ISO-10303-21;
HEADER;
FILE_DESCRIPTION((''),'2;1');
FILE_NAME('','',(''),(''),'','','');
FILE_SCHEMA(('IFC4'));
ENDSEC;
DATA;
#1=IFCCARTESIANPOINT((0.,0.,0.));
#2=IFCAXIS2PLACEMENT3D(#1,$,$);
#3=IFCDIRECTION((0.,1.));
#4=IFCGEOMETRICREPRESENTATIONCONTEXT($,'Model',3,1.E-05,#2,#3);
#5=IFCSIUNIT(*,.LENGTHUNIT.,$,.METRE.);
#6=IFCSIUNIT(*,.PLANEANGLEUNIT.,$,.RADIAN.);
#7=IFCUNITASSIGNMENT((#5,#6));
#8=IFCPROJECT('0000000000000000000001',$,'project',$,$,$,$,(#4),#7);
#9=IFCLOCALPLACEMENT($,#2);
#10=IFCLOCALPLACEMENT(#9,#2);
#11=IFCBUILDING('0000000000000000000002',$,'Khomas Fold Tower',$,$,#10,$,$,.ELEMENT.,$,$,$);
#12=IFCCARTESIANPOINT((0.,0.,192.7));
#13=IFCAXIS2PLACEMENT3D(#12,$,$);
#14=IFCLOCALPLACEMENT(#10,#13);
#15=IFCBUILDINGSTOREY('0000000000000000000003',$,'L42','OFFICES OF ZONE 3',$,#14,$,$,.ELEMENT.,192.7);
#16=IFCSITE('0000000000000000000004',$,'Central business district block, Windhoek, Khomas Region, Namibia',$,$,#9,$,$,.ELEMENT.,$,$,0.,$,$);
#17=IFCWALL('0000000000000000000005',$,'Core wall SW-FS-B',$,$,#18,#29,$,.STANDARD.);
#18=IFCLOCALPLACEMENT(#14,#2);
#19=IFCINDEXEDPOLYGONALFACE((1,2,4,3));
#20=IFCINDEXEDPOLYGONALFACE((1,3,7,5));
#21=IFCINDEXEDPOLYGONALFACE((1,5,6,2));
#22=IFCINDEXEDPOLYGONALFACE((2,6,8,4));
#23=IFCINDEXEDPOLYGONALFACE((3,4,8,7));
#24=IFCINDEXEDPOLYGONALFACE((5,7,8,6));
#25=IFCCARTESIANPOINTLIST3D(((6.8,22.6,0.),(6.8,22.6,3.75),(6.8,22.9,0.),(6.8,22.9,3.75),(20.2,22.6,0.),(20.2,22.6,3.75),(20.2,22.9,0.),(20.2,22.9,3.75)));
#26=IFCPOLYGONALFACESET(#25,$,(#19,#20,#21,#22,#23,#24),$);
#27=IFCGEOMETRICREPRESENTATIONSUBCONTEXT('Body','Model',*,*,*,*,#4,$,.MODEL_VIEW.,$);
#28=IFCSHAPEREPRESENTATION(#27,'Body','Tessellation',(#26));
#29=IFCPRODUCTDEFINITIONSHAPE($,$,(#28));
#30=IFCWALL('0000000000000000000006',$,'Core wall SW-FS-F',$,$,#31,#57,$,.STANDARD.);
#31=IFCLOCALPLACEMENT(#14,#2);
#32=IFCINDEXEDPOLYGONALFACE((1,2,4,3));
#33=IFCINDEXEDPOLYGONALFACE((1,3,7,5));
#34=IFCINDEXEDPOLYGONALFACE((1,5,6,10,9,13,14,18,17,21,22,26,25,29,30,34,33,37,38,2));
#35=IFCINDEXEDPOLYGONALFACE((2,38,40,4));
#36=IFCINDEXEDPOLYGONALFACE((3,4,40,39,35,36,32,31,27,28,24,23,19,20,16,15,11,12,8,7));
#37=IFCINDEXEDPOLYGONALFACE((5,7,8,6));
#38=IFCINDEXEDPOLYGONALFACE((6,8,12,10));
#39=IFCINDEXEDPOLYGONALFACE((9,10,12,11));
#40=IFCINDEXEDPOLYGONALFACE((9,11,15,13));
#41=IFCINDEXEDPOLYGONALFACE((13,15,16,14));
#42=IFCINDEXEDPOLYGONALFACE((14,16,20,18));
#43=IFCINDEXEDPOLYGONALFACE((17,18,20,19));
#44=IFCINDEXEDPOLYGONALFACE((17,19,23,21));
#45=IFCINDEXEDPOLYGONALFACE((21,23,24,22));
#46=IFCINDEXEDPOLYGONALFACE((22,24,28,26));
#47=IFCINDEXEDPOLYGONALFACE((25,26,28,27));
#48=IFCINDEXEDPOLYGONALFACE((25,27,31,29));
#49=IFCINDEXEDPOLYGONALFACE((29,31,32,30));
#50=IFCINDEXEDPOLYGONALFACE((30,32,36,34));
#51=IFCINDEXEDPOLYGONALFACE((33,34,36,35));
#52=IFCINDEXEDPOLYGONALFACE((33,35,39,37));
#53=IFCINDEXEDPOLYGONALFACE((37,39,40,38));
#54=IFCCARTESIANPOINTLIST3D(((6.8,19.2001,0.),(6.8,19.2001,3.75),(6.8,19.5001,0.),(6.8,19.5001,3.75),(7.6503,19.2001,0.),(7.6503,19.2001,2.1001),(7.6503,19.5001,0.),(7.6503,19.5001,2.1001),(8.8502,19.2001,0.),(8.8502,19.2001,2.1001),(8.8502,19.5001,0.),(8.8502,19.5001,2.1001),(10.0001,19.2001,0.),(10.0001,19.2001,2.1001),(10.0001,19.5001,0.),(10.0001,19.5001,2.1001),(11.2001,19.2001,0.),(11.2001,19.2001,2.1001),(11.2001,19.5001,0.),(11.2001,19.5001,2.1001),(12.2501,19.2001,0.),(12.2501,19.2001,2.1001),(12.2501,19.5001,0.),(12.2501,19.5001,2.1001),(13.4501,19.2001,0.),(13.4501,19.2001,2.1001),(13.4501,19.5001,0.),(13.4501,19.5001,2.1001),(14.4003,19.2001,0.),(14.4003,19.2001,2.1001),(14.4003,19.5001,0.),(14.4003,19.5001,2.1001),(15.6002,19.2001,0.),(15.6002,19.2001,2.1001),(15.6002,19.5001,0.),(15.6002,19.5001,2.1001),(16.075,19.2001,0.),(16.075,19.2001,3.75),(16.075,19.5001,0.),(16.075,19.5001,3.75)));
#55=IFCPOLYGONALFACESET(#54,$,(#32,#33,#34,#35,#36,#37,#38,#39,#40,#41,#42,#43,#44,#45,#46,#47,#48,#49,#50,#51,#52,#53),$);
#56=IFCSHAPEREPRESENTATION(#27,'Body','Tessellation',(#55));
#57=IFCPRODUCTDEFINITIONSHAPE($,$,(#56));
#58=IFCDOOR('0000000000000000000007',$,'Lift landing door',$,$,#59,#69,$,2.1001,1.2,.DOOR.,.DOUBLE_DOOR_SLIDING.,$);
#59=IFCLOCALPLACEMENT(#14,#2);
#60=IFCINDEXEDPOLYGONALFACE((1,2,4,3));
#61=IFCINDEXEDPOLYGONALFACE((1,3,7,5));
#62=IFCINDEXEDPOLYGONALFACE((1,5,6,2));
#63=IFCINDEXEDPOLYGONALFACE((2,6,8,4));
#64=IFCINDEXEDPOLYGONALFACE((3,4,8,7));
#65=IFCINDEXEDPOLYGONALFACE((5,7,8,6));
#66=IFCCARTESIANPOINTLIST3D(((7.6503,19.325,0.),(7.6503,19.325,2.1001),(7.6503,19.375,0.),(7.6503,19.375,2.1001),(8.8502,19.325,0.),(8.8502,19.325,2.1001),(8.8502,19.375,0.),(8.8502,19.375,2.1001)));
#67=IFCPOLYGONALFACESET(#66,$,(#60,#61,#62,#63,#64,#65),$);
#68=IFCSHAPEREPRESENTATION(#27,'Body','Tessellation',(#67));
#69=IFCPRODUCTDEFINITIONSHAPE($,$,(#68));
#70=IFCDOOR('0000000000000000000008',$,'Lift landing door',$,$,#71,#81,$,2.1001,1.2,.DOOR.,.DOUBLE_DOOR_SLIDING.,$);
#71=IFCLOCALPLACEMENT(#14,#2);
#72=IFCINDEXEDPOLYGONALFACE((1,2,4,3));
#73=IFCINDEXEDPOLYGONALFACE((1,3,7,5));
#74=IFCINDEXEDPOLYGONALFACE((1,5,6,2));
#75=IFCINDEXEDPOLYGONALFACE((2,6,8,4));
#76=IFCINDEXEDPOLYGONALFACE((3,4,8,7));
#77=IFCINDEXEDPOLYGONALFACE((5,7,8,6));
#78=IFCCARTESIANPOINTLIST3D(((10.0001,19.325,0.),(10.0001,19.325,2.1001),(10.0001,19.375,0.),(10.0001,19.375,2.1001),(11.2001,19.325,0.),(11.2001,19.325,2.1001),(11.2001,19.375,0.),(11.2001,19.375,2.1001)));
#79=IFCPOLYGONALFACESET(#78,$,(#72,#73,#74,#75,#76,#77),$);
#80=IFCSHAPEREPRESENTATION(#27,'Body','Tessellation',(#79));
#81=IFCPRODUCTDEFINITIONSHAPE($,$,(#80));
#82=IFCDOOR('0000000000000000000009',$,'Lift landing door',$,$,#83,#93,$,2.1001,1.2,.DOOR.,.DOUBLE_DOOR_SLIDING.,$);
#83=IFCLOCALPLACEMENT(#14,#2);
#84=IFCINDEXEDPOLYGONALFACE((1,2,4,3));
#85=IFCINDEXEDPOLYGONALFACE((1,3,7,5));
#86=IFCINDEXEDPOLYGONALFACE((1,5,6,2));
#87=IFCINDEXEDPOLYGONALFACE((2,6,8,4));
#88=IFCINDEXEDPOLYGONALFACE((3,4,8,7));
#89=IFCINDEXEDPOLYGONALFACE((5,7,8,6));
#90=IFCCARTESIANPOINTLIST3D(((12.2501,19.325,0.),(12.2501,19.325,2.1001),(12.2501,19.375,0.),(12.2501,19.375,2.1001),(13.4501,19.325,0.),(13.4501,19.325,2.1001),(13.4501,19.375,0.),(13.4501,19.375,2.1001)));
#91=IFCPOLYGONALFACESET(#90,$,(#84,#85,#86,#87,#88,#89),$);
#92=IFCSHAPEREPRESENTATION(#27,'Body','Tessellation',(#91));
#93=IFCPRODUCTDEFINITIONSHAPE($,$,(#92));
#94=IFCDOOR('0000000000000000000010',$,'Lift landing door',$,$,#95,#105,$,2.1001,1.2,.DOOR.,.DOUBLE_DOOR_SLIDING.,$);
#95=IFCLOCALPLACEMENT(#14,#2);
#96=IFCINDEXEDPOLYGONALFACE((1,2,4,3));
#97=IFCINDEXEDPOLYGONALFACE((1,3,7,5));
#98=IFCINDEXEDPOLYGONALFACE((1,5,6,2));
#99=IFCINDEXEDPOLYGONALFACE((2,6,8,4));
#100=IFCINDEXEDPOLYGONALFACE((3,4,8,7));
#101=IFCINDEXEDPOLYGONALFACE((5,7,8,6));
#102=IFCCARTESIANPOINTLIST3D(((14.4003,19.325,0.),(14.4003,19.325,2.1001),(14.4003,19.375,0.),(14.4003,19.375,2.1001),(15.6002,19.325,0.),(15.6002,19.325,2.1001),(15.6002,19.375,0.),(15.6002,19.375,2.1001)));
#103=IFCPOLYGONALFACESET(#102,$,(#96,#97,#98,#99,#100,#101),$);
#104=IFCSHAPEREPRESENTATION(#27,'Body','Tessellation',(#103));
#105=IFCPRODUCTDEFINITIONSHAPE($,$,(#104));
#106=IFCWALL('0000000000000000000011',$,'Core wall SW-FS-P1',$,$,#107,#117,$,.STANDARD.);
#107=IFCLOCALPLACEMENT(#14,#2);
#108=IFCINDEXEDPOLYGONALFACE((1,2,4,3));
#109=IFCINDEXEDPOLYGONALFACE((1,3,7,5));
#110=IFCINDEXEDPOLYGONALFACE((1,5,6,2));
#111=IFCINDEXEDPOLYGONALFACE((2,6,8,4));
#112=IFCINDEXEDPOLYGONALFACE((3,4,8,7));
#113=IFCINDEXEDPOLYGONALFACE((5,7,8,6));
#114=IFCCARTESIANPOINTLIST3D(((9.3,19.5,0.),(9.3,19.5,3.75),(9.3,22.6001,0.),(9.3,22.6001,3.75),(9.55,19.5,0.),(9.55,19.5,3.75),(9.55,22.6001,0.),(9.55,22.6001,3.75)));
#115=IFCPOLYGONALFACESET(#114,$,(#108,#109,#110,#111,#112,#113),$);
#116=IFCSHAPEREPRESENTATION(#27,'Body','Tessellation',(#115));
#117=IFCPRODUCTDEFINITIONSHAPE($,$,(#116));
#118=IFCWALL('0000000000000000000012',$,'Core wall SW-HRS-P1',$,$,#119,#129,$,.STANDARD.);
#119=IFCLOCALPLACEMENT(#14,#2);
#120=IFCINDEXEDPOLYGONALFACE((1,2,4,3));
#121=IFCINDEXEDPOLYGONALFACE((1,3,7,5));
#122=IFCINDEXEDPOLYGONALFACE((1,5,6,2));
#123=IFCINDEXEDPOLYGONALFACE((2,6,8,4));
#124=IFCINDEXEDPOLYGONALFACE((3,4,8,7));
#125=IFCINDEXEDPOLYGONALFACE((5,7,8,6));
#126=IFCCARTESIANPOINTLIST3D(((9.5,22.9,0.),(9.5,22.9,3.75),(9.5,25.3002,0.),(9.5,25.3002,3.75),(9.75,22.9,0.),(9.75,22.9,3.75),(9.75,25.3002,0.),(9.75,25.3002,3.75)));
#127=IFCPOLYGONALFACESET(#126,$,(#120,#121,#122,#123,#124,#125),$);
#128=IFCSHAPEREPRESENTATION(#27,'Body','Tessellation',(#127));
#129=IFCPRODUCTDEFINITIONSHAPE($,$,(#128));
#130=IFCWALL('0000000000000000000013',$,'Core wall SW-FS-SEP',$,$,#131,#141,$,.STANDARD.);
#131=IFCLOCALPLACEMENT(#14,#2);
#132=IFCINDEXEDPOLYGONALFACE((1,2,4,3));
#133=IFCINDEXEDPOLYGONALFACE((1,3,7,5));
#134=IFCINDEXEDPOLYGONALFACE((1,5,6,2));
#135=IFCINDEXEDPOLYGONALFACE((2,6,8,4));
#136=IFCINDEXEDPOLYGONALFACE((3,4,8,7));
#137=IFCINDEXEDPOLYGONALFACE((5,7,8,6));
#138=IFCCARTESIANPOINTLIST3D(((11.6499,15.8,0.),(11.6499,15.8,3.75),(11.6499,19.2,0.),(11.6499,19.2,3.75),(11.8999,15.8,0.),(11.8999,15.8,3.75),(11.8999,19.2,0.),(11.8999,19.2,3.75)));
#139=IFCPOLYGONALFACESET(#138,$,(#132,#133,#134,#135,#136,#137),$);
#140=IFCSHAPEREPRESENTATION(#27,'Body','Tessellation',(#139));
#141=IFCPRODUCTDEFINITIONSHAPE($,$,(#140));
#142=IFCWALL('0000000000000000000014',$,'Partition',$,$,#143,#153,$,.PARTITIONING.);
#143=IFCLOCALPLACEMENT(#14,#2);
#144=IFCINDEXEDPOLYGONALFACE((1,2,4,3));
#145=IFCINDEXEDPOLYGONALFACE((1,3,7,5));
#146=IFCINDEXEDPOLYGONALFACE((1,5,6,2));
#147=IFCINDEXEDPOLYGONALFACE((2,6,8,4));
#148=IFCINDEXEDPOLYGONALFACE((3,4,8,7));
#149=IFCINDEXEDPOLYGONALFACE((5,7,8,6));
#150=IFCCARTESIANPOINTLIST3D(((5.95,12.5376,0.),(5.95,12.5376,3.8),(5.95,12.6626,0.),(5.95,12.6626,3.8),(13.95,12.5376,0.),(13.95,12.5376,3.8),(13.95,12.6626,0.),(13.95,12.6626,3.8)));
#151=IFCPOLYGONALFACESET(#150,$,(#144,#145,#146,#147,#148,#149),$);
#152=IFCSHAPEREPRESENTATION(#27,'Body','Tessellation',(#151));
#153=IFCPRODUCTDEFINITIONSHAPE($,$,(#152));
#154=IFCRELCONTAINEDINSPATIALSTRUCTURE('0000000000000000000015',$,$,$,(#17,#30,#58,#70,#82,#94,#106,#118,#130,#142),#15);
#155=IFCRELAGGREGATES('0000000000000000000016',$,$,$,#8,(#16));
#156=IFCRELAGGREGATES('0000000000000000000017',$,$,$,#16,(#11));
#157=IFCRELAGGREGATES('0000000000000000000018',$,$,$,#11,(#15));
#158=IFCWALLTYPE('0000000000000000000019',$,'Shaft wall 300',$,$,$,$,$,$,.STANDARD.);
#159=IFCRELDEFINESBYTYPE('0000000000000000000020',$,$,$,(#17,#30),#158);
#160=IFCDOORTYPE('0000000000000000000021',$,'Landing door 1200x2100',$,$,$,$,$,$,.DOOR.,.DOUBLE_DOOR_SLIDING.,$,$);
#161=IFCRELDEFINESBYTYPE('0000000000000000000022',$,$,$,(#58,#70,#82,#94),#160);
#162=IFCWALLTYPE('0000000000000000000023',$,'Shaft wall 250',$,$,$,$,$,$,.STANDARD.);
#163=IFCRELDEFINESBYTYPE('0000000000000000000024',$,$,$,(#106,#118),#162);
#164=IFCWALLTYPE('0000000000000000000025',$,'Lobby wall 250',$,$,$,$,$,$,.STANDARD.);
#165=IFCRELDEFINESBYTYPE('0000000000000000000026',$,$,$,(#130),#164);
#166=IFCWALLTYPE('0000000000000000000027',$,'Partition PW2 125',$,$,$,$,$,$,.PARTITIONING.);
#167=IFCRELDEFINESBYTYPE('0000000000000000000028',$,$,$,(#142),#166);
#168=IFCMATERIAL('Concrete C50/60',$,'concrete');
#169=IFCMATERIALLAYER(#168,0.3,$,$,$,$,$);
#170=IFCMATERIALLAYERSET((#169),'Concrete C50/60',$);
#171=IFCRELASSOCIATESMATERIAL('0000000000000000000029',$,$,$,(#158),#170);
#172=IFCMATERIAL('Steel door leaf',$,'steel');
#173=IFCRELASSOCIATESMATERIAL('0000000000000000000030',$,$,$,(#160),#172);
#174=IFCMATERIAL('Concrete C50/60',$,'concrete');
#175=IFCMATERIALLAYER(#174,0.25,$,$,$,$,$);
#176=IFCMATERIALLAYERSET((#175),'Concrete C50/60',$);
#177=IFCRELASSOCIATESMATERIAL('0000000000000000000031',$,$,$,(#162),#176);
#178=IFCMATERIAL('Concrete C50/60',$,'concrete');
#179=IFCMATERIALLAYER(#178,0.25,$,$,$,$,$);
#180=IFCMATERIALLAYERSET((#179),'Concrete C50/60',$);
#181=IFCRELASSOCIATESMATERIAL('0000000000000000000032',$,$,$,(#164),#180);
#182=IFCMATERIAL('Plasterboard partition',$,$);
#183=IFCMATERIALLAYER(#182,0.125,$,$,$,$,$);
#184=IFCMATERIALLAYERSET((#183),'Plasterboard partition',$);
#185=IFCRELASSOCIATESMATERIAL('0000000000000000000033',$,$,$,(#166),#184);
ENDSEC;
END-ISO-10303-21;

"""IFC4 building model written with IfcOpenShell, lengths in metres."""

from ifc_helpers import new_model, si_unit, direction, frame, frame_2d, origin, place, context, subcontext, project, spatial, rectangle, extrude, source, transform, mapped, material, layer, layer_set, type_object, element, fill, save


model = new_model("IFC4")

# Units and contexts
model_context = context("Model", 3, precision=1e-05, world=origin(), true_north=direction((0.0, 1.0)))
body_context = subcontext(model_context, "Body", "Model", "MODEL_VIEW")
ifc_project = project(units=[si_unit("LENGTHUNIT", "METRE"), si_unit("PLANEANGLEUNIT", "RADIAN")], contexts=[model_context])

# Site, building, storey
site_placement = place(None, origin())
site = spatial("IfcSite", under=ifc_project, at=site_placement, Name="Central business district block, Windhoek, Khomas Region, Namibia", CompositionType="ELEMENT", RefElevation=0.0)
building_placement = place(site_placement, origin())
building = spatial("IfcBuilding", under=site, at=building_placement, Name="Khomas Fold Tower", CompositionType="ELEMENT")
storey_placement = place(building_placement, frame((0.0, 0.0, 192.7)))
storey = spatial("IfcBuildingStorey", under=building, at=storey_placement, Name="L42", Description="OFFICES OF ZONE 3", CompositionType="ELEMENT", Elevation=192.7)

# Wall
ifc_material_1 = material(Name="Concrete C50/60", Category="concrete")
ifc_layer_1 = layer(ifc_material_1, 0.3)
ifc_layer_set_1 = layer_set([ifc_layer_1], Name="Concrete C50/60")
wall_type_1 = type_object("IfcWallType", Name="Shaft wall 300", PredefinedType="STANDARD", material=ifc_layer_set_1)
shared_shape_1 = source(origin(), body_context, "Body", "SweptSolid", [
    extrude(rectangle(XDim=13.3999, YDim=0.3, at=frame_2d((6.7, 0.0))), origin(), (0.0, 0.0, 1.0), 3.75),
])
wall_1_placement = place(storey_placement, frame((6.8, 22.75, 0.0), z_axis=(0.0, 0.0, 1.0), x_axis=(1.0, 0.0, 0.0)))
element("IfcWall", 1, at=wall_1_placement, inside=storey, type_object=wall_type_1, Name="Core wall SW-FS-B", PredefinedType="STANDARD", context=body_context, shape_type="MappedRepresentation", body=[
    mapped(shared_shape_1, transform((0.0, 0.0, 0.0))),
])

# Wall, openings, doors
shared_shape_2 = source(origin(), body_context, "Body", "SweptSolid", [
    extrude(rectangle(XDim=9.2749, YDim=0.3, at=frame_2d((4.6375, 0.0))), origin(), (0.0, 0.0, 1.0), 3.75),
])
wall_2_placement = place(storey_placement, frame((6.8, 19.3501, 0.0), z_axis=(0.0, 0.0, 1.0), x_axis=(1.0, 0.0, 0.0)))
wall_2 = element("IfcWall", 2, at=wall_2_placement, inside=storey, type_object=wall_type_1, Name="Core wall SW-FS-F", PredefinedType="STANDARD", context=body_context, shape_type="MappedRepresentation", body=[
    mapped(shared_shape_2, transform((0.0, 0.0, 0.0))),
])
shared_shape_3 = source(origin(), body_context, "Body", "SweptSolid", [
    extrude(rectangle(XDim=1.2, YDim=2.1001, at=frame_2d((0.6001, 1.05))), frame((0.0, 0.1599, 0.0), z_axis=(0.0, -1.0, 0.0), x_axis=(1.0, 0.0, 0.0)), (0.0, 0.0, 1.0), 0.3201),
])
opening_1_placement = place(wall_2_placement, frame((0.8501, 0.0, 0.0)))
opening_1 = element("IfcOpeningElement", 3, at=opening_1_placement, cuts=wall_2, PredefinedType="OPENING", context=body_context, shape_type="MappedRepresentation", body=[
    mapped(shared_shape_3, transform((0.0, 0.0, 0.0))),
])
opening_2_placement = place(wall_2_placement, frame((3.2, 0.0, 0.0)))
opening_2 = element("IfcOpeningElement", 4, at=opening_2_placement, cuts=wall_2, PredefinedType="OPENING", context=body_context, shape_type="MappedRepresentation", body=[
    mapped(shared_shape_3, transform((0.0, 0.0, 0.0))),
])
opening_3_placement = place(wall_2_placement, frame((5.45, 0.0, 0.0)))
opening_3 = element("IfcOpeningElement", 5, at=opening_3_placement, cuts=wall_2, PredefinedType="OPENING", context=body_context, shape_type="MappedRepresentation", body=[
    mapped(shared_shape_3, transform((0.0, 0.0, 0.0))),
])
opening_4_placement = place(wall_2_placement, frame((7.6001, 0.0, 0.0)))
opening_4 = element("IfcOpeningElement", 6, at=opening_4_placement, cuts=wall_2, PredefinedType="OPENING", context=body_context, shape_type="MappedRepresentation", body=[
    mapped(shared_shape_3, transform((0.0, 0.0, 0.0))),
])
ifc_material_2 = material(Name="Steel door leaf", Category="steel")
door_type_1 = type_object("IfcDoorType", Name="Landing door 1200x2100", OperationType="DOUBLE_DOOR_SLIDING", PredefinedType="DOOR", material=ifc_material_2)
shared_shape_4 = source(origin(), body_context, "Body", "SweptSolid", [
    extrude(rectangle(XDim=1.2, YDim=2.1001, at=frame_2d((0.6001, 1.05))), frame((0.0, 0.0249, 0.0), z_axis=(0.0, -1.0, 0.0), x_axis=(1.0, 0.0, 0.0)), (0.0, 0.0, 1.0), 0.05),
])
door_1_placement = place(opening_1_placement, origin())
door_1 = element("IfcDoor", 7, at=door_1_placement, inside=storey, type_object=door_type_1, Name="Lift landing door", OperationType="DOUBLE_DOOR_SLIDING", OverallHeight=2.1001, OverallWidth=1.2, PredefinedType="DOOR", context=body_context, shape_type="MappedRepresentation", body=[
    mapped(shared_shape_4, transform((0.0, 0.0, 0.0))),
])
fill(opening_1, door_1)
door_2_placement = place(opening_2_placement, origin())
door_2 = element("IfcDoor", 8, at=door_2_placement, inside=storey, type_object=door_type_1, Name="Lift landing door", OperationType="DOUBLE_DOOR_SLIDING", OverallHeight=2.1001, OverallWidth=1.2, PredefinedType="DOOR", context=body_context, shape_type="MappedRepresentation", body=[
    mapped(shared_shape_4, transform((0.0, 0.0, 0.0))),
])
fill(opening_2, door_2)
door_3_placement = place(opening_3_placement, origin())
door_3 = element("IfcDoor", 9, at=door_3_placement, inside=storey, type_object=door_type_1, Name="Lift landing door", OperationType="DOUBLE_DOOR_SLIDING", OverallHeight=2.1001, OverallWidth=1.2, PredefinedType="DOOR", context=body_context, shape_type="MappedRepresentation", body=[
    mapped(shared_shape_4, transform((0.0, 0.0, 0.0))),
])
fill(opening_3, door_3)
door_4_placement = place(opening_4_placement, origin())
door_4 = element("IfcDoor", 10, at=door_4_placement, inside=storey, type_object=door_type_1, Name="Lift landing door", OperationType="DOUBLE_DOOR_SLIDING", OverallHeight=2.1001, OverallWidth=1.2, PredefinedType="DOOR", context=body_context, shape_type="MappedRepresentation", body=[
    mapped(shared_shape_4, transform((0.0, 0.0, 0.0))),
])
fill(opening_4, door_4)

# Walls
ifc_material_3 = material(Name="Concrete C50/60", Category="concrete")
ifc_layer_2 = layer(ifc_material_3, 0.25)
ifc_layer_set_2 = layer_set([ifc_layer_2], Name="Concrete C50/60")
wall_type_2 = type_object("IfcWallType", Name="Shaft wall 250", PredefinedType="STANDARD", material=ifc_layer_set_2)
shared_shape_5 = source(origin(), body_context, "Body", "SweptSolid", [
    extrude(rectangle(XDim=3.1001, YDim=0.25, at=frame_2d((1.55, 0.0))), origin(), (0.0, 0.0, 1.0), 3.75),
])
wall_3_placement = place(storey_placement, frame((9.425, 19.5, 0.0), z_axis=(0.0, 0.0, 1.0), x_axis=(0.0, 1.0, 0.0)))
element("IfcWall", 11, at=wall_3_placement, inside=storey, type_object=wall_type_2, Name="Core wall SW-FS-P1", PredefinedType="STANDARD", context=body_context, shape_type="MappedRepresentation", body=[
    mapped(shared_shape_5, transform((0.0, 0.0, 0.0))),
])
shared_shape_6 = source(origin(), body_context, "Body", "SweptSolid", [
    extrude(rectangle(XDim=2.4001, YDim=0.25, at=frame_2d((1.2002, 0.0))), origin(), (0.0, 0.0, 1.0), 3.75),
])
wall_4_placement = place(storey_placement, frame((9.625, 22.8999, 0.0), z_axis=(0.0, 0.0, 1.0), x_axis=(0.0, 1.0, 0.0)))
element("IfcWall", 12, at=wall_4_placement, inside=storey, type_object=wall_type_2, Name="Core wall SW-HRS-P1", PredefinedType="STANDARD", context=body_context, shape_type="MappedRepresentation", body=[
    mapped(shared_shape_6, transform((0.0, 0.0, 0.0))),
])
ifc_material_4 = material(Name="Concrete C50/60", Category="concrete")
ifc_layer_3 = layer(ifc_material_4, 0.25)
ifc_layer_set_3 = layer_set([ifc_layer_3], Name="Concrete C50/60")
wall_type_3 = type_object("IfcWallType", Name="Lobby wall 250", PredefinedType="STANDARD", material=ifc_layer_set_3)
shared_shape_7 = source(origin(), body_context, "Body", "SweptSolid", [
    extrude(rectangle(XDim=3.3999, YDim=0.25, at=frame_2d((1.7, 0.0))), origin(), (0.0, 0.0, 1.0), 3.75),
])
wall_5_placement = place(storey_placement, frame((11.7749, 15.8, 0.0), z_axis=(0.0, 0.0, 1.0), x_axis=(0.0, 1.0, 0.0)))
element("IfcWall", 13, at=wall_5_placement, inside=storey, type_object=wall_type_3, Name="Core wall SW-FS-SEP", PredefinedType="STANDARD", context=body_context, shape_type="MappedRepresentation", body=[
    mapped(shared_shape_7, transform((0.0, 0.0, 0.0))),
])
ifc_material_5 = material(Name="Plasterboard partition")
ifc_layer_4 = layer(ifc_material_5, 0.125)
ifc_layer_set_4 = layer_set([ifc_layer_4], Name="Plasterboard partition")
wall_type_4 = type_object("IfcWallType", Name="Partition PW2 125", PredefinedType="PARTITIONING", material=ifc_layer_set_4)
shared_shape_8 = source(origin(), body_context, "Body", "SweptSolid", [
    extrude(rectangle(XDim=8.0, YDim=0.125, at=frame_2d((4.0, 0.0))), origin(), (0.0, 0.0, 1.0), 3.8),
])
wall_6_placement = place(storey_placement, frame((5.95, 12.6001, 0.0), z_axis=(0.0, 0.0, 1.0), x_axis=(1.0, 0.0, 0.0)))
element("IfcWall", 14, at=wall_6_placement, inside=storey, type_object=wall_type_4, Name="Partition", PredefinedType="PARTITIONING", context=body_context, shape_type="MappedRepresentation", body=[
    mapped(shared_shape_8, transform((0.0, 0.0, 0.0))),
])

save(model, "model.ifc")
